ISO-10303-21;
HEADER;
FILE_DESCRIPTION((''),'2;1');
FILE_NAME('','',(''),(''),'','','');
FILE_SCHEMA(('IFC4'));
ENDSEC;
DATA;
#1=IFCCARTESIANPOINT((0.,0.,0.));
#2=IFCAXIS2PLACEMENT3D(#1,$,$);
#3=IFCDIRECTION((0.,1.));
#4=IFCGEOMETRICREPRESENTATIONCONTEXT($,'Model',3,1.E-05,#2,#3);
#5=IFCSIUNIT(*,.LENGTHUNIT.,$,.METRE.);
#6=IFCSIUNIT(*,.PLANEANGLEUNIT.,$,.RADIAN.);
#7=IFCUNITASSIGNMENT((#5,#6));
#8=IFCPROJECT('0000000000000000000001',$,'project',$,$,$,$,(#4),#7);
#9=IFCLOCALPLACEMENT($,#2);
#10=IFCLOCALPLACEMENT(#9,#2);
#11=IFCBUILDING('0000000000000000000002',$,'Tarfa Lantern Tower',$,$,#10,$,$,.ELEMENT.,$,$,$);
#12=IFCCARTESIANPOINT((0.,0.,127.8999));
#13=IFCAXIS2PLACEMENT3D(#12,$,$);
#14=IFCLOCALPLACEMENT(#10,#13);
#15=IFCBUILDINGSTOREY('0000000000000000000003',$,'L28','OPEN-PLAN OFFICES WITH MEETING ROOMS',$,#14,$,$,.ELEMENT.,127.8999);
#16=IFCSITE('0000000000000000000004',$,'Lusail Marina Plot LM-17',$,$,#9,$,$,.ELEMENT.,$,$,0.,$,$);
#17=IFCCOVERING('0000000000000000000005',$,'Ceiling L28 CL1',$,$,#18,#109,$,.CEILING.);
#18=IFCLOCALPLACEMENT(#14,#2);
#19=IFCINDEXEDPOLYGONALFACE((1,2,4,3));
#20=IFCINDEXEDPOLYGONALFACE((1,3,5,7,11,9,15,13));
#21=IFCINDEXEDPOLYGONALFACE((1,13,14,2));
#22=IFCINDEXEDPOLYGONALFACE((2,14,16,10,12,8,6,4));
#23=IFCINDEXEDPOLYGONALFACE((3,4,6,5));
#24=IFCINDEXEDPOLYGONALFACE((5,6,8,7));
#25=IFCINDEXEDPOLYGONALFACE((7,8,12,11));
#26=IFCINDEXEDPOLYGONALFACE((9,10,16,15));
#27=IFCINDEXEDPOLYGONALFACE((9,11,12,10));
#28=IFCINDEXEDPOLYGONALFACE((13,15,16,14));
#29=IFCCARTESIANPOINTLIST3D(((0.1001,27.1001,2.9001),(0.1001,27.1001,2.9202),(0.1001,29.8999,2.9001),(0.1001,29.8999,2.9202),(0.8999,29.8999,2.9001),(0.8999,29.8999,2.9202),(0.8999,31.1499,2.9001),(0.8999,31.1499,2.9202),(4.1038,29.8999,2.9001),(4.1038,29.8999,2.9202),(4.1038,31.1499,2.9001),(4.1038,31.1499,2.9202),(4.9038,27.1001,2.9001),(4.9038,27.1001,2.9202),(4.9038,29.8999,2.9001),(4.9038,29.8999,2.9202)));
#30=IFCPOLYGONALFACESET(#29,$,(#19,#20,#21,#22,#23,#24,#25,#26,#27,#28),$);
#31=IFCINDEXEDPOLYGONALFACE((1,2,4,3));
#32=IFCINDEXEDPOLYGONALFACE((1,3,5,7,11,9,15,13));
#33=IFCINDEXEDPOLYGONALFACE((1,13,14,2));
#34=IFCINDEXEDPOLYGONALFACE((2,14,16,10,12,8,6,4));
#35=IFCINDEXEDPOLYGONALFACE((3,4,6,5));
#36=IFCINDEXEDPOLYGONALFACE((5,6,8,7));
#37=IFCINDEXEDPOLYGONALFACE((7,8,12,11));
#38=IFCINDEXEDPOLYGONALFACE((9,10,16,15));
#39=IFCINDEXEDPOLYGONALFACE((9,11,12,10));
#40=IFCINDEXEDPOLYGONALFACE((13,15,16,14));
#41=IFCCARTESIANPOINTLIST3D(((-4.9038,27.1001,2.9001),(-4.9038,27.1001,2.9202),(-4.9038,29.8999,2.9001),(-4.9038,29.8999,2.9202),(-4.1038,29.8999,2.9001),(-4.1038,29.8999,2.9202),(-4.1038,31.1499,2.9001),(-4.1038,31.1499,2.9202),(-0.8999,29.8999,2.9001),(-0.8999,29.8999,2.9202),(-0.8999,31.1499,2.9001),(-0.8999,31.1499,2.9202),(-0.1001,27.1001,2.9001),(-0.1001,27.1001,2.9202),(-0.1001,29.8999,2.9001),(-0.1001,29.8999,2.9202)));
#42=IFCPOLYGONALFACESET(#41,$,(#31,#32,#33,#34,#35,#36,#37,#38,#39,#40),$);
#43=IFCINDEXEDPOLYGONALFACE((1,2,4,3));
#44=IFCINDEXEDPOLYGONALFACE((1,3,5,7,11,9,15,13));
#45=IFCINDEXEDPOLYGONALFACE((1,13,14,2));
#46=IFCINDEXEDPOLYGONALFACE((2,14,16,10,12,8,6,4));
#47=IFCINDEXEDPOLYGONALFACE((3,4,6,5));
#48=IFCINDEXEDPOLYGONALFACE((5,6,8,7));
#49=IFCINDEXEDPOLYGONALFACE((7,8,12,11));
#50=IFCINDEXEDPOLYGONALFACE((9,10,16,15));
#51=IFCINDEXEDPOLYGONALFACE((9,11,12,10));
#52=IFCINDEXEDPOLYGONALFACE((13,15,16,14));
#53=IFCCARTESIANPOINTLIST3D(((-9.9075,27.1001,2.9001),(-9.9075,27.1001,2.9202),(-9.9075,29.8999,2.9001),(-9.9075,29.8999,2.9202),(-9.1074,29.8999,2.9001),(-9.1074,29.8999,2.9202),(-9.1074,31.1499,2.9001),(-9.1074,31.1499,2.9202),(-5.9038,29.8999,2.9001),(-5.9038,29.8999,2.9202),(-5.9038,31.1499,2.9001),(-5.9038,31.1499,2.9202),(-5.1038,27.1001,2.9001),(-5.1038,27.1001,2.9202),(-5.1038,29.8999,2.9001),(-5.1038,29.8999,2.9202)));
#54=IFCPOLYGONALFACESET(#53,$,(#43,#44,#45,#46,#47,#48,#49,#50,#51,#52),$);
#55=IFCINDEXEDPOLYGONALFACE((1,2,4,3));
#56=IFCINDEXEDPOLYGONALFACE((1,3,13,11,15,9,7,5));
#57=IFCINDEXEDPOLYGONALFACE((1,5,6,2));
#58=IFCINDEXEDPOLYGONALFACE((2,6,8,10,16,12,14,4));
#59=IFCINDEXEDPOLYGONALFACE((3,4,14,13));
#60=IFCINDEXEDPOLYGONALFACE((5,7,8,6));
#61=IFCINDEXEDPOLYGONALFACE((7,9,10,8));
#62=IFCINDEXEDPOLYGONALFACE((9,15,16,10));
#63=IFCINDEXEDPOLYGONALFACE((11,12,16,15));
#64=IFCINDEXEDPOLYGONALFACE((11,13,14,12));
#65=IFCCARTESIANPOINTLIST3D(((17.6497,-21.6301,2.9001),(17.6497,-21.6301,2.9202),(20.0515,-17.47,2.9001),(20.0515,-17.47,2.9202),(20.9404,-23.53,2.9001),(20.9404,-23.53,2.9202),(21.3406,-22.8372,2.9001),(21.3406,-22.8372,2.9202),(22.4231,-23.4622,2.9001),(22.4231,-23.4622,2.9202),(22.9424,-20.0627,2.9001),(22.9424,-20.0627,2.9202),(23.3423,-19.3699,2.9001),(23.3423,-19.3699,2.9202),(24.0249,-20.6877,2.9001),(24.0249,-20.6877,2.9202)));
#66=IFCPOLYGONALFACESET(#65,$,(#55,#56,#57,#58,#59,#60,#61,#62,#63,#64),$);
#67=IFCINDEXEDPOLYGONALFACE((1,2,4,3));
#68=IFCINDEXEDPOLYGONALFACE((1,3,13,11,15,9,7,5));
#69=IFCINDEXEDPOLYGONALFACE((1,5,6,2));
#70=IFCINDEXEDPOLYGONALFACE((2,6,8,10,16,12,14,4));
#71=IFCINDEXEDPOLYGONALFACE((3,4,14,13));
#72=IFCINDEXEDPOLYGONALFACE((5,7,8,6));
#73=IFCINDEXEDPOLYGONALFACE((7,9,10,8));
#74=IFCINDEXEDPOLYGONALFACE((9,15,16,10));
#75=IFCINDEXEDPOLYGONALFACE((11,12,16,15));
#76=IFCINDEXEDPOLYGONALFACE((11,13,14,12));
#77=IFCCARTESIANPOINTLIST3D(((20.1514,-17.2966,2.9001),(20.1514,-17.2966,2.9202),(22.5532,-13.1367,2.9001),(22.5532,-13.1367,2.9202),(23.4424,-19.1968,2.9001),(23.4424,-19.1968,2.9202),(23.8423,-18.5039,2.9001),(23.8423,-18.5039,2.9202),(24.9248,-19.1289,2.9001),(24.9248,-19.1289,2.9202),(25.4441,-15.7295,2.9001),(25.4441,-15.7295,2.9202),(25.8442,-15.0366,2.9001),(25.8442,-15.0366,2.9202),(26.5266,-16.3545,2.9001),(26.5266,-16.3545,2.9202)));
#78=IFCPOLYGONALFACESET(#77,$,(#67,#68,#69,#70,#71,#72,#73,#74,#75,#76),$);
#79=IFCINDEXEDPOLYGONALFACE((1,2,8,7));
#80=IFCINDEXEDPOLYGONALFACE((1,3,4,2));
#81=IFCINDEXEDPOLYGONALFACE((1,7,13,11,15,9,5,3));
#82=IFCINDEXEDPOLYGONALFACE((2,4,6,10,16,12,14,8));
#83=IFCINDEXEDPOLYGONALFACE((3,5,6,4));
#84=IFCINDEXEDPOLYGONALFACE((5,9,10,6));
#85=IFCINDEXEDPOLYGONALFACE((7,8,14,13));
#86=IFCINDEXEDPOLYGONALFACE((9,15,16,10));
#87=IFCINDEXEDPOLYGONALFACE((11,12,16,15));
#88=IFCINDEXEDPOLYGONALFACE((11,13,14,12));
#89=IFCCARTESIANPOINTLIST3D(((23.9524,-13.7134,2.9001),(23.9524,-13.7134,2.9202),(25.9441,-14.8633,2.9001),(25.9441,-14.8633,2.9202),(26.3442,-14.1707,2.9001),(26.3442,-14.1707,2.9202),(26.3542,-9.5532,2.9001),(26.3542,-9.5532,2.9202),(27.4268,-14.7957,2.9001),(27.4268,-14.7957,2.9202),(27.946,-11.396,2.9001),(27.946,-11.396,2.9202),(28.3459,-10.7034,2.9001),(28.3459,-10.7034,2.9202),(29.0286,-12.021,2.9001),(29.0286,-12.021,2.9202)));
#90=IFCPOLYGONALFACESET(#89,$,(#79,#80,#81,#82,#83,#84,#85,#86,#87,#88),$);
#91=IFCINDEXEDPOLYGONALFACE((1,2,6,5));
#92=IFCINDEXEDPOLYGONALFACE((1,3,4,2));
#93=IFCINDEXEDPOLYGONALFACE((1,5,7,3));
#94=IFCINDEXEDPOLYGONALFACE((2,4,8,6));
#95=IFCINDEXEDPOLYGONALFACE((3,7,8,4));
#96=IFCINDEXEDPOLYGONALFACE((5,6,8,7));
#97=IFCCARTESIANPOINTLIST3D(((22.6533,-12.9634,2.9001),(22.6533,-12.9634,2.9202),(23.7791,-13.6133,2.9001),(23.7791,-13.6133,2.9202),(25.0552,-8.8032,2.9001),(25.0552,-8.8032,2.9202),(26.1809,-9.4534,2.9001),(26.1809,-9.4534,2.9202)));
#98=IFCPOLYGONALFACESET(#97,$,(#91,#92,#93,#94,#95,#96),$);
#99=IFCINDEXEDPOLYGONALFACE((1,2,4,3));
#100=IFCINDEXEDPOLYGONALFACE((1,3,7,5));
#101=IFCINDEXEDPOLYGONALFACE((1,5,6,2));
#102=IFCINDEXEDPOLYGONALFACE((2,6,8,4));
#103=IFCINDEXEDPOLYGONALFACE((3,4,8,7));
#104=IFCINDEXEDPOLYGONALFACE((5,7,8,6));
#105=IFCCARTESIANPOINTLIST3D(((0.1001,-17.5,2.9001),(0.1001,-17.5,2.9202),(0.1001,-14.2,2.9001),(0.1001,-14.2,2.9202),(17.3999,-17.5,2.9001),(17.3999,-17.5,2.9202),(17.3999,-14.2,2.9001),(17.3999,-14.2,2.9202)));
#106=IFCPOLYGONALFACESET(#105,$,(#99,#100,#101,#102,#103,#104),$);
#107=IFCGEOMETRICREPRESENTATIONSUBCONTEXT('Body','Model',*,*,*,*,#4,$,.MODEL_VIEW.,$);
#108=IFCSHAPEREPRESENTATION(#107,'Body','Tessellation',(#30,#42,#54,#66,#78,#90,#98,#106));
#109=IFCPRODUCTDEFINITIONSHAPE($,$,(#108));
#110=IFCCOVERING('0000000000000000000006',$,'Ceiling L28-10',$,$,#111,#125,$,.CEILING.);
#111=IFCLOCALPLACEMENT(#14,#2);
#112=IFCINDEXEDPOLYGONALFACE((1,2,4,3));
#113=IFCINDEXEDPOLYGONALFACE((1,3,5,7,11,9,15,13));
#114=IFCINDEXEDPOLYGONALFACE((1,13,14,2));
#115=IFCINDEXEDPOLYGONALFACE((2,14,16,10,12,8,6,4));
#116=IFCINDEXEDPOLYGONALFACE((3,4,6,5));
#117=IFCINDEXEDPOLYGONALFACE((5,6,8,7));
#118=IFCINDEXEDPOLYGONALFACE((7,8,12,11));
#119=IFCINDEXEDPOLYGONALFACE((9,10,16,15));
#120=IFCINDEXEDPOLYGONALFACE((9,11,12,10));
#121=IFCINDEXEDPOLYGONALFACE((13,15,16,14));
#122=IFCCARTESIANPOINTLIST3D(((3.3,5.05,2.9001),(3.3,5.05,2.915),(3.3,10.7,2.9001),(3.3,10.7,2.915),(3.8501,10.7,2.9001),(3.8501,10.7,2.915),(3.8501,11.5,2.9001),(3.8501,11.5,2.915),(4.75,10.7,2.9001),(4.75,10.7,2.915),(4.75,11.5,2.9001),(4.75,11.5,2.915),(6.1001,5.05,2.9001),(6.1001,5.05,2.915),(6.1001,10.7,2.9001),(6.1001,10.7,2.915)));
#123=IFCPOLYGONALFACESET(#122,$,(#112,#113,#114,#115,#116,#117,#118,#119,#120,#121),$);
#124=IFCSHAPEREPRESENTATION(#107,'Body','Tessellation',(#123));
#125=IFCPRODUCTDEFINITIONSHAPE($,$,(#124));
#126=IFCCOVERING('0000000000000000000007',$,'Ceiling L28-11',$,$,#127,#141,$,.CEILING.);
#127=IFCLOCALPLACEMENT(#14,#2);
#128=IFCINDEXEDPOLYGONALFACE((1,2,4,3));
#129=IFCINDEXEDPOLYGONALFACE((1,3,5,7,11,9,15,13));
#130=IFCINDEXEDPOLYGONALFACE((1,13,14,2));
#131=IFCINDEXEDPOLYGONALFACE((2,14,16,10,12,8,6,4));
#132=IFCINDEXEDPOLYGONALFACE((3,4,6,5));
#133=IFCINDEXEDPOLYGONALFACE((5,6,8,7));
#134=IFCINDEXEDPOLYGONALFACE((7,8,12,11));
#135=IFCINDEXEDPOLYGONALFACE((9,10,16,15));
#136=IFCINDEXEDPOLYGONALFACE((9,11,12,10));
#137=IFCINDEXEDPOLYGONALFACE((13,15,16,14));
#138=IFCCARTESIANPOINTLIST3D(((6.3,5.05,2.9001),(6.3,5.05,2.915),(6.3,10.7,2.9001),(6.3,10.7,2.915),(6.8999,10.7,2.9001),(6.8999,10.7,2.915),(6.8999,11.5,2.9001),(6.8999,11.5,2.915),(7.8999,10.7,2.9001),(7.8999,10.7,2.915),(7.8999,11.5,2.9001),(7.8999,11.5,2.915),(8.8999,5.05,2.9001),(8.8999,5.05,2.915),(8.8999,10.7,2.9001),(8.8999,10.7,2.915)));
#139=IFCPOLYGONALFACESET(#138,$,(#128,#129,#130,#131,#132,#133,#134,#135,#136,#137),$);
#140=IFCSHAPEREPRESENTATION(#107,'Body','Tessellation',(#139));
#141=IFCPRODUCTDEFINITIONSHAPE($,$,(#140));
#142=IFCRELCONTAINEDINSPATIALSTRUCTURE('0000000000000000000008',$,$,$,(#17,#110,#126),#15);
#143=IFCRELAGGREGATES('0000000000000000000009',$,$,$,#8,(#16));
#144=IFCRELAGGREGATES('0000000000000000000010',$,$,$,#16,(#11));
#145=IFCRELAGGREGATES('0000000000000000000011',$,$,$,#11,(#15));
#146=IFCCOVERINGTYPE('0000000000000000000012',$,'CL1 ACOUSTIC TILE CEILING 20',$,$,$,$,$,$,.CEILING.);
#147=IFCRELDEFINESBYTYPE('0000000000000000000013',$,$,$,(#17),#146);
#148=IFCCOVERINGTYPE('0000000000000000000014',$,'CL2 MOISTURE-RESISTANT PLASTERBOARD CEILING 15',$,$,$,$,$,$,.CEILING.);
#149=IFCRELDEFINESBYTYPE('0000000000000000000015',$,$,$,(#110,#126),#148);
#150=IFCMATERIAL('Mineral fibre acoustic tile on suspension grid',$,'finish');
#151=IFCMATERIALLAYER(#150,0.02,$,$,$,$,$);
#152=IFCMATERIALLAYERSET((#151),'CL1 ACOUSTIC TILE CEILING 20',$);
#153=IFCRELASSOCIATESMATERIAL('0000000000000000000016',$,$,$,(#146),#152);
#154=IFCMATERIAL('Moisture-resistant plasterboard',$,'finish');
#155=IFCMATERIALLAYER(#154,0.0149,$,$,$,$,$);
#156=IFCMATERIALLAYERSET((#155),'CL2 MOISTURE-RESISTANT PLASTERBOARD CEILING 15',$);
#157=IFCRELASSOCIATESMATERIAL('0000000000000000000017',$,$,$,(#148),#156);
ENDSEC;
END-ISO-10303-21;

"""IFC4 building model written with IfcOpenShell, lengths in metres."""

from ifc_helpers import new_model, si_unit, direction, frame, origin, place, context, subcontext, project, spatial, polyline, outline, extrude, material, layer, layer_set, type_object, element, save


model = new_model("IFC4")

# Units and contexts
model_context = context("Model", 3, precision=1e-05, world=origin(), true_north=direction((0.0, 1.0)))
body_context = subcontext(model_context, "Body", "Model", "MODEL_VIEW")
ifc_project = project(units=[si_unit("LENGTHUNIT", "METRE"), si_unit("PLANEANGLEUNIT", "RADIAN")], contexts=[model_context])

# Site, building, storey
site_placement = place(None, origin())
site = spatial("IfcSite", under=ifc_project, at=site_placement, Name="Lusail Marina Plot LM-17", CompositionType="ELEMENT", RefElevation=0.0)
building_placement = place(site_placement, origin())
building = spatial("IfcBuilding", under=site, at=building_placement, Name="Tarfa Lantern Tower", CompositionType="ELEMENT")
storey_placement = place(building_placement, frame((0.0, 0.0, 127.8999)))
storey = spatial("IfcBuildingStorey", under=building, at=storey_placement, Name="L28", Description="OPEN-PLAN OFFICES WITH MEETING ROOMS", CompositionType="ELEMENT", Elevation=127.8999)

# Coverings
ifc_material_1 = material(Name="Mineral fibre acoustic tile on suspension grid", Category="finish")
ifc_layer_1 = layer(ifc_material_1, 0.02)
ifc_layer_set_1 = layer_set([ifc_layer_1], Name="CL1 ACOUSTIC TILE CEILING 20")
covering_type_1 = type_object("IfcCoveringType", Name="CL1 ACOUSTIC TILE CEILING 20", PredefinedType="CEILING", material=ifc_layer_set_1)
covering_1_placement = place(storey_placement, frame((0.0, 0.0, 2.9001)))
element("IfcCovering", 1, at=covering_1_placement, inside=storey, type_object=covering_type_1, Name="Ceiling L28 CL1", PredefinedType="CEILING", context=body_context, shape_type="SweptSolid", body=[
    extrude(outline(polyline([(4.9038, 27.1001), (0.1001, 27.1001), (0.1001, 29.8999), (0.8999, 29.8999), (0.8999, 31.1499), (4.1038, 31.1499), (4.1038, 29.8999), (4.9038, 29.8999), (4.9038, 27.1001)])), origin(), (0.0, 0.0, 1.0), 0.02),
    extrude(outline(polyline([(-0.1001, 27.1001), (-4.9038, 27.1001), (-4.9038, 29.8999), (-4.1038, 29.8999), (-4.1038, 31.1499), (-0.8999, 31.1499), (-0.8999, 29.8999), (-0.1001, 29.8999), (-0.1001, 27.1001)])), origin(), (0.0, 0.0, 1.0), 0.02),
    extrude(outline(polyline([(-5.1038, 27.1001), (-9.9075, 27.1001), (-9.9075, 29.8999), (-9.1074, 29.8999), (-9.1074, 31.1499), (-5.9038, 31.1499), (-5.9038, 29.8999), (-5.1038, 29.8999), (-5.1038, 27.1001)])), origin(), (0.0, 0.0, 1.0), 0.02),
    extrude(outline(polyline([(20.0515, -17.47), (23.3423, -19.3699), (22.9424, -20.0627), (24.0249, -20.6877), (22.4231, -23.4622), (21.3406, -22.8372), (20.9404, -23.53), (17.6497, -21.6301), (20.0515, -17.47)])), origin(), (0.0, 0.0, 1.0), 0.02),
    extrude(outline(polyline([(22.5532, -13.1367), (25.8442, -15.0366), (25.4441, -15.7295), (26.5266, -16.3545), (24.9248, -19.1289), (23.8423, -18.5039), (23.4424, -19.1968), (20.1514, -17.2966), (22.5532, -13.1367)])), origin(), (0.0, 0.0, 1.0), 0.02),
    extrude(outline(polyline([(26.3542, -9.5532), (28.3459, -10.7034), (27.946, -11.396), (29.0286, -12.021), (27.4268, -14.7957), (26.3442, -14.1707), (25.9441, -14.8633), (23.9524, -13.7134), (26.3542, -9.5532)])), origin(), (0.0, 0.0, 1.0), 0.02),
    extrude(outline(polyline([(25.0552, -8.8032), (26.1809, -9.4534), (23.7791, -13.6133), (22.6533, -12.9634), (25.0552, -8.8032)])), origin(), (0.0, 0.0, 1.0), 0.02),
    extrude(outline(polyline([(0.1001, -14.2), (17.3999, -14.2), (17.3999, -17.5), (0.1001, -17.5), (0.1001, -14.2)])), origin(), (0.0, 0.0, 1.0), 0.02),
])
ifc_material_2 = material(Name="Moisture-resistant plasterboard", Category="finish")
ifc_layer_2 = layer(ifc_material_2, 0.0149)
ifc_layer_set_2 = layer_set([ifc_layer_2], Name="CL2 MOISTURE-RESISTANT PLASTERBOARD CEILING 15")
covering_type_2 = type_object("IfcCoveringType", Name="CL2 MOISTURE-RESISTANT PLASTERBOARD CEILING 15", PredefinedType="CEILING", material=ifc_layer_set_2)
covering_2_placement = place(storey_placement, frame((0.0, 0.0, 2.9001)))
element("IfcCovering", 2, at=covering_2_placement, inside=storey, type_object=covering_type_2, Name="Ceiling L28-10", PredefinedType="CEILING", context=body_context, shape_type="SweptSolid", body=[
    extrude(outline(polyline([(3.3, 5.05), (6.1001, 5.05), (6.1001, 10.7), (4.75, 10.7), (4.75, 11.5), (3.8501, 11.5), (3.8501, 10.7), (3.3, 10.7), (3.3, 5.05)])), origin(), (0.0, 0.0, 1.0), 0.0149),
])
covering_3_placement = place(storey_placement, frame((0.0, 0.0, 2.9001)))
element("IfcCovering", 3, at=covering_3_placement, inside=storey, type_object=covering_type_2, Name="Ceiling L28-11", PredefinedType="CEILING", context=body_context, shape_type="SweptSolid", body=[
    extrude(outline(polyline([(6.3, 5.05), (8.8999, 5.05), (8.8999, 10.7), (7.8999, 10.7), (7.8999, 11.5), (6.8999, 11.5), (6.8999, 10.7), (6.3, 10.7), (6.3, 5.05)])), origin(), (0.0, 0.0, 1.0), 0.0149),
])

save(model, "model.ifc")
